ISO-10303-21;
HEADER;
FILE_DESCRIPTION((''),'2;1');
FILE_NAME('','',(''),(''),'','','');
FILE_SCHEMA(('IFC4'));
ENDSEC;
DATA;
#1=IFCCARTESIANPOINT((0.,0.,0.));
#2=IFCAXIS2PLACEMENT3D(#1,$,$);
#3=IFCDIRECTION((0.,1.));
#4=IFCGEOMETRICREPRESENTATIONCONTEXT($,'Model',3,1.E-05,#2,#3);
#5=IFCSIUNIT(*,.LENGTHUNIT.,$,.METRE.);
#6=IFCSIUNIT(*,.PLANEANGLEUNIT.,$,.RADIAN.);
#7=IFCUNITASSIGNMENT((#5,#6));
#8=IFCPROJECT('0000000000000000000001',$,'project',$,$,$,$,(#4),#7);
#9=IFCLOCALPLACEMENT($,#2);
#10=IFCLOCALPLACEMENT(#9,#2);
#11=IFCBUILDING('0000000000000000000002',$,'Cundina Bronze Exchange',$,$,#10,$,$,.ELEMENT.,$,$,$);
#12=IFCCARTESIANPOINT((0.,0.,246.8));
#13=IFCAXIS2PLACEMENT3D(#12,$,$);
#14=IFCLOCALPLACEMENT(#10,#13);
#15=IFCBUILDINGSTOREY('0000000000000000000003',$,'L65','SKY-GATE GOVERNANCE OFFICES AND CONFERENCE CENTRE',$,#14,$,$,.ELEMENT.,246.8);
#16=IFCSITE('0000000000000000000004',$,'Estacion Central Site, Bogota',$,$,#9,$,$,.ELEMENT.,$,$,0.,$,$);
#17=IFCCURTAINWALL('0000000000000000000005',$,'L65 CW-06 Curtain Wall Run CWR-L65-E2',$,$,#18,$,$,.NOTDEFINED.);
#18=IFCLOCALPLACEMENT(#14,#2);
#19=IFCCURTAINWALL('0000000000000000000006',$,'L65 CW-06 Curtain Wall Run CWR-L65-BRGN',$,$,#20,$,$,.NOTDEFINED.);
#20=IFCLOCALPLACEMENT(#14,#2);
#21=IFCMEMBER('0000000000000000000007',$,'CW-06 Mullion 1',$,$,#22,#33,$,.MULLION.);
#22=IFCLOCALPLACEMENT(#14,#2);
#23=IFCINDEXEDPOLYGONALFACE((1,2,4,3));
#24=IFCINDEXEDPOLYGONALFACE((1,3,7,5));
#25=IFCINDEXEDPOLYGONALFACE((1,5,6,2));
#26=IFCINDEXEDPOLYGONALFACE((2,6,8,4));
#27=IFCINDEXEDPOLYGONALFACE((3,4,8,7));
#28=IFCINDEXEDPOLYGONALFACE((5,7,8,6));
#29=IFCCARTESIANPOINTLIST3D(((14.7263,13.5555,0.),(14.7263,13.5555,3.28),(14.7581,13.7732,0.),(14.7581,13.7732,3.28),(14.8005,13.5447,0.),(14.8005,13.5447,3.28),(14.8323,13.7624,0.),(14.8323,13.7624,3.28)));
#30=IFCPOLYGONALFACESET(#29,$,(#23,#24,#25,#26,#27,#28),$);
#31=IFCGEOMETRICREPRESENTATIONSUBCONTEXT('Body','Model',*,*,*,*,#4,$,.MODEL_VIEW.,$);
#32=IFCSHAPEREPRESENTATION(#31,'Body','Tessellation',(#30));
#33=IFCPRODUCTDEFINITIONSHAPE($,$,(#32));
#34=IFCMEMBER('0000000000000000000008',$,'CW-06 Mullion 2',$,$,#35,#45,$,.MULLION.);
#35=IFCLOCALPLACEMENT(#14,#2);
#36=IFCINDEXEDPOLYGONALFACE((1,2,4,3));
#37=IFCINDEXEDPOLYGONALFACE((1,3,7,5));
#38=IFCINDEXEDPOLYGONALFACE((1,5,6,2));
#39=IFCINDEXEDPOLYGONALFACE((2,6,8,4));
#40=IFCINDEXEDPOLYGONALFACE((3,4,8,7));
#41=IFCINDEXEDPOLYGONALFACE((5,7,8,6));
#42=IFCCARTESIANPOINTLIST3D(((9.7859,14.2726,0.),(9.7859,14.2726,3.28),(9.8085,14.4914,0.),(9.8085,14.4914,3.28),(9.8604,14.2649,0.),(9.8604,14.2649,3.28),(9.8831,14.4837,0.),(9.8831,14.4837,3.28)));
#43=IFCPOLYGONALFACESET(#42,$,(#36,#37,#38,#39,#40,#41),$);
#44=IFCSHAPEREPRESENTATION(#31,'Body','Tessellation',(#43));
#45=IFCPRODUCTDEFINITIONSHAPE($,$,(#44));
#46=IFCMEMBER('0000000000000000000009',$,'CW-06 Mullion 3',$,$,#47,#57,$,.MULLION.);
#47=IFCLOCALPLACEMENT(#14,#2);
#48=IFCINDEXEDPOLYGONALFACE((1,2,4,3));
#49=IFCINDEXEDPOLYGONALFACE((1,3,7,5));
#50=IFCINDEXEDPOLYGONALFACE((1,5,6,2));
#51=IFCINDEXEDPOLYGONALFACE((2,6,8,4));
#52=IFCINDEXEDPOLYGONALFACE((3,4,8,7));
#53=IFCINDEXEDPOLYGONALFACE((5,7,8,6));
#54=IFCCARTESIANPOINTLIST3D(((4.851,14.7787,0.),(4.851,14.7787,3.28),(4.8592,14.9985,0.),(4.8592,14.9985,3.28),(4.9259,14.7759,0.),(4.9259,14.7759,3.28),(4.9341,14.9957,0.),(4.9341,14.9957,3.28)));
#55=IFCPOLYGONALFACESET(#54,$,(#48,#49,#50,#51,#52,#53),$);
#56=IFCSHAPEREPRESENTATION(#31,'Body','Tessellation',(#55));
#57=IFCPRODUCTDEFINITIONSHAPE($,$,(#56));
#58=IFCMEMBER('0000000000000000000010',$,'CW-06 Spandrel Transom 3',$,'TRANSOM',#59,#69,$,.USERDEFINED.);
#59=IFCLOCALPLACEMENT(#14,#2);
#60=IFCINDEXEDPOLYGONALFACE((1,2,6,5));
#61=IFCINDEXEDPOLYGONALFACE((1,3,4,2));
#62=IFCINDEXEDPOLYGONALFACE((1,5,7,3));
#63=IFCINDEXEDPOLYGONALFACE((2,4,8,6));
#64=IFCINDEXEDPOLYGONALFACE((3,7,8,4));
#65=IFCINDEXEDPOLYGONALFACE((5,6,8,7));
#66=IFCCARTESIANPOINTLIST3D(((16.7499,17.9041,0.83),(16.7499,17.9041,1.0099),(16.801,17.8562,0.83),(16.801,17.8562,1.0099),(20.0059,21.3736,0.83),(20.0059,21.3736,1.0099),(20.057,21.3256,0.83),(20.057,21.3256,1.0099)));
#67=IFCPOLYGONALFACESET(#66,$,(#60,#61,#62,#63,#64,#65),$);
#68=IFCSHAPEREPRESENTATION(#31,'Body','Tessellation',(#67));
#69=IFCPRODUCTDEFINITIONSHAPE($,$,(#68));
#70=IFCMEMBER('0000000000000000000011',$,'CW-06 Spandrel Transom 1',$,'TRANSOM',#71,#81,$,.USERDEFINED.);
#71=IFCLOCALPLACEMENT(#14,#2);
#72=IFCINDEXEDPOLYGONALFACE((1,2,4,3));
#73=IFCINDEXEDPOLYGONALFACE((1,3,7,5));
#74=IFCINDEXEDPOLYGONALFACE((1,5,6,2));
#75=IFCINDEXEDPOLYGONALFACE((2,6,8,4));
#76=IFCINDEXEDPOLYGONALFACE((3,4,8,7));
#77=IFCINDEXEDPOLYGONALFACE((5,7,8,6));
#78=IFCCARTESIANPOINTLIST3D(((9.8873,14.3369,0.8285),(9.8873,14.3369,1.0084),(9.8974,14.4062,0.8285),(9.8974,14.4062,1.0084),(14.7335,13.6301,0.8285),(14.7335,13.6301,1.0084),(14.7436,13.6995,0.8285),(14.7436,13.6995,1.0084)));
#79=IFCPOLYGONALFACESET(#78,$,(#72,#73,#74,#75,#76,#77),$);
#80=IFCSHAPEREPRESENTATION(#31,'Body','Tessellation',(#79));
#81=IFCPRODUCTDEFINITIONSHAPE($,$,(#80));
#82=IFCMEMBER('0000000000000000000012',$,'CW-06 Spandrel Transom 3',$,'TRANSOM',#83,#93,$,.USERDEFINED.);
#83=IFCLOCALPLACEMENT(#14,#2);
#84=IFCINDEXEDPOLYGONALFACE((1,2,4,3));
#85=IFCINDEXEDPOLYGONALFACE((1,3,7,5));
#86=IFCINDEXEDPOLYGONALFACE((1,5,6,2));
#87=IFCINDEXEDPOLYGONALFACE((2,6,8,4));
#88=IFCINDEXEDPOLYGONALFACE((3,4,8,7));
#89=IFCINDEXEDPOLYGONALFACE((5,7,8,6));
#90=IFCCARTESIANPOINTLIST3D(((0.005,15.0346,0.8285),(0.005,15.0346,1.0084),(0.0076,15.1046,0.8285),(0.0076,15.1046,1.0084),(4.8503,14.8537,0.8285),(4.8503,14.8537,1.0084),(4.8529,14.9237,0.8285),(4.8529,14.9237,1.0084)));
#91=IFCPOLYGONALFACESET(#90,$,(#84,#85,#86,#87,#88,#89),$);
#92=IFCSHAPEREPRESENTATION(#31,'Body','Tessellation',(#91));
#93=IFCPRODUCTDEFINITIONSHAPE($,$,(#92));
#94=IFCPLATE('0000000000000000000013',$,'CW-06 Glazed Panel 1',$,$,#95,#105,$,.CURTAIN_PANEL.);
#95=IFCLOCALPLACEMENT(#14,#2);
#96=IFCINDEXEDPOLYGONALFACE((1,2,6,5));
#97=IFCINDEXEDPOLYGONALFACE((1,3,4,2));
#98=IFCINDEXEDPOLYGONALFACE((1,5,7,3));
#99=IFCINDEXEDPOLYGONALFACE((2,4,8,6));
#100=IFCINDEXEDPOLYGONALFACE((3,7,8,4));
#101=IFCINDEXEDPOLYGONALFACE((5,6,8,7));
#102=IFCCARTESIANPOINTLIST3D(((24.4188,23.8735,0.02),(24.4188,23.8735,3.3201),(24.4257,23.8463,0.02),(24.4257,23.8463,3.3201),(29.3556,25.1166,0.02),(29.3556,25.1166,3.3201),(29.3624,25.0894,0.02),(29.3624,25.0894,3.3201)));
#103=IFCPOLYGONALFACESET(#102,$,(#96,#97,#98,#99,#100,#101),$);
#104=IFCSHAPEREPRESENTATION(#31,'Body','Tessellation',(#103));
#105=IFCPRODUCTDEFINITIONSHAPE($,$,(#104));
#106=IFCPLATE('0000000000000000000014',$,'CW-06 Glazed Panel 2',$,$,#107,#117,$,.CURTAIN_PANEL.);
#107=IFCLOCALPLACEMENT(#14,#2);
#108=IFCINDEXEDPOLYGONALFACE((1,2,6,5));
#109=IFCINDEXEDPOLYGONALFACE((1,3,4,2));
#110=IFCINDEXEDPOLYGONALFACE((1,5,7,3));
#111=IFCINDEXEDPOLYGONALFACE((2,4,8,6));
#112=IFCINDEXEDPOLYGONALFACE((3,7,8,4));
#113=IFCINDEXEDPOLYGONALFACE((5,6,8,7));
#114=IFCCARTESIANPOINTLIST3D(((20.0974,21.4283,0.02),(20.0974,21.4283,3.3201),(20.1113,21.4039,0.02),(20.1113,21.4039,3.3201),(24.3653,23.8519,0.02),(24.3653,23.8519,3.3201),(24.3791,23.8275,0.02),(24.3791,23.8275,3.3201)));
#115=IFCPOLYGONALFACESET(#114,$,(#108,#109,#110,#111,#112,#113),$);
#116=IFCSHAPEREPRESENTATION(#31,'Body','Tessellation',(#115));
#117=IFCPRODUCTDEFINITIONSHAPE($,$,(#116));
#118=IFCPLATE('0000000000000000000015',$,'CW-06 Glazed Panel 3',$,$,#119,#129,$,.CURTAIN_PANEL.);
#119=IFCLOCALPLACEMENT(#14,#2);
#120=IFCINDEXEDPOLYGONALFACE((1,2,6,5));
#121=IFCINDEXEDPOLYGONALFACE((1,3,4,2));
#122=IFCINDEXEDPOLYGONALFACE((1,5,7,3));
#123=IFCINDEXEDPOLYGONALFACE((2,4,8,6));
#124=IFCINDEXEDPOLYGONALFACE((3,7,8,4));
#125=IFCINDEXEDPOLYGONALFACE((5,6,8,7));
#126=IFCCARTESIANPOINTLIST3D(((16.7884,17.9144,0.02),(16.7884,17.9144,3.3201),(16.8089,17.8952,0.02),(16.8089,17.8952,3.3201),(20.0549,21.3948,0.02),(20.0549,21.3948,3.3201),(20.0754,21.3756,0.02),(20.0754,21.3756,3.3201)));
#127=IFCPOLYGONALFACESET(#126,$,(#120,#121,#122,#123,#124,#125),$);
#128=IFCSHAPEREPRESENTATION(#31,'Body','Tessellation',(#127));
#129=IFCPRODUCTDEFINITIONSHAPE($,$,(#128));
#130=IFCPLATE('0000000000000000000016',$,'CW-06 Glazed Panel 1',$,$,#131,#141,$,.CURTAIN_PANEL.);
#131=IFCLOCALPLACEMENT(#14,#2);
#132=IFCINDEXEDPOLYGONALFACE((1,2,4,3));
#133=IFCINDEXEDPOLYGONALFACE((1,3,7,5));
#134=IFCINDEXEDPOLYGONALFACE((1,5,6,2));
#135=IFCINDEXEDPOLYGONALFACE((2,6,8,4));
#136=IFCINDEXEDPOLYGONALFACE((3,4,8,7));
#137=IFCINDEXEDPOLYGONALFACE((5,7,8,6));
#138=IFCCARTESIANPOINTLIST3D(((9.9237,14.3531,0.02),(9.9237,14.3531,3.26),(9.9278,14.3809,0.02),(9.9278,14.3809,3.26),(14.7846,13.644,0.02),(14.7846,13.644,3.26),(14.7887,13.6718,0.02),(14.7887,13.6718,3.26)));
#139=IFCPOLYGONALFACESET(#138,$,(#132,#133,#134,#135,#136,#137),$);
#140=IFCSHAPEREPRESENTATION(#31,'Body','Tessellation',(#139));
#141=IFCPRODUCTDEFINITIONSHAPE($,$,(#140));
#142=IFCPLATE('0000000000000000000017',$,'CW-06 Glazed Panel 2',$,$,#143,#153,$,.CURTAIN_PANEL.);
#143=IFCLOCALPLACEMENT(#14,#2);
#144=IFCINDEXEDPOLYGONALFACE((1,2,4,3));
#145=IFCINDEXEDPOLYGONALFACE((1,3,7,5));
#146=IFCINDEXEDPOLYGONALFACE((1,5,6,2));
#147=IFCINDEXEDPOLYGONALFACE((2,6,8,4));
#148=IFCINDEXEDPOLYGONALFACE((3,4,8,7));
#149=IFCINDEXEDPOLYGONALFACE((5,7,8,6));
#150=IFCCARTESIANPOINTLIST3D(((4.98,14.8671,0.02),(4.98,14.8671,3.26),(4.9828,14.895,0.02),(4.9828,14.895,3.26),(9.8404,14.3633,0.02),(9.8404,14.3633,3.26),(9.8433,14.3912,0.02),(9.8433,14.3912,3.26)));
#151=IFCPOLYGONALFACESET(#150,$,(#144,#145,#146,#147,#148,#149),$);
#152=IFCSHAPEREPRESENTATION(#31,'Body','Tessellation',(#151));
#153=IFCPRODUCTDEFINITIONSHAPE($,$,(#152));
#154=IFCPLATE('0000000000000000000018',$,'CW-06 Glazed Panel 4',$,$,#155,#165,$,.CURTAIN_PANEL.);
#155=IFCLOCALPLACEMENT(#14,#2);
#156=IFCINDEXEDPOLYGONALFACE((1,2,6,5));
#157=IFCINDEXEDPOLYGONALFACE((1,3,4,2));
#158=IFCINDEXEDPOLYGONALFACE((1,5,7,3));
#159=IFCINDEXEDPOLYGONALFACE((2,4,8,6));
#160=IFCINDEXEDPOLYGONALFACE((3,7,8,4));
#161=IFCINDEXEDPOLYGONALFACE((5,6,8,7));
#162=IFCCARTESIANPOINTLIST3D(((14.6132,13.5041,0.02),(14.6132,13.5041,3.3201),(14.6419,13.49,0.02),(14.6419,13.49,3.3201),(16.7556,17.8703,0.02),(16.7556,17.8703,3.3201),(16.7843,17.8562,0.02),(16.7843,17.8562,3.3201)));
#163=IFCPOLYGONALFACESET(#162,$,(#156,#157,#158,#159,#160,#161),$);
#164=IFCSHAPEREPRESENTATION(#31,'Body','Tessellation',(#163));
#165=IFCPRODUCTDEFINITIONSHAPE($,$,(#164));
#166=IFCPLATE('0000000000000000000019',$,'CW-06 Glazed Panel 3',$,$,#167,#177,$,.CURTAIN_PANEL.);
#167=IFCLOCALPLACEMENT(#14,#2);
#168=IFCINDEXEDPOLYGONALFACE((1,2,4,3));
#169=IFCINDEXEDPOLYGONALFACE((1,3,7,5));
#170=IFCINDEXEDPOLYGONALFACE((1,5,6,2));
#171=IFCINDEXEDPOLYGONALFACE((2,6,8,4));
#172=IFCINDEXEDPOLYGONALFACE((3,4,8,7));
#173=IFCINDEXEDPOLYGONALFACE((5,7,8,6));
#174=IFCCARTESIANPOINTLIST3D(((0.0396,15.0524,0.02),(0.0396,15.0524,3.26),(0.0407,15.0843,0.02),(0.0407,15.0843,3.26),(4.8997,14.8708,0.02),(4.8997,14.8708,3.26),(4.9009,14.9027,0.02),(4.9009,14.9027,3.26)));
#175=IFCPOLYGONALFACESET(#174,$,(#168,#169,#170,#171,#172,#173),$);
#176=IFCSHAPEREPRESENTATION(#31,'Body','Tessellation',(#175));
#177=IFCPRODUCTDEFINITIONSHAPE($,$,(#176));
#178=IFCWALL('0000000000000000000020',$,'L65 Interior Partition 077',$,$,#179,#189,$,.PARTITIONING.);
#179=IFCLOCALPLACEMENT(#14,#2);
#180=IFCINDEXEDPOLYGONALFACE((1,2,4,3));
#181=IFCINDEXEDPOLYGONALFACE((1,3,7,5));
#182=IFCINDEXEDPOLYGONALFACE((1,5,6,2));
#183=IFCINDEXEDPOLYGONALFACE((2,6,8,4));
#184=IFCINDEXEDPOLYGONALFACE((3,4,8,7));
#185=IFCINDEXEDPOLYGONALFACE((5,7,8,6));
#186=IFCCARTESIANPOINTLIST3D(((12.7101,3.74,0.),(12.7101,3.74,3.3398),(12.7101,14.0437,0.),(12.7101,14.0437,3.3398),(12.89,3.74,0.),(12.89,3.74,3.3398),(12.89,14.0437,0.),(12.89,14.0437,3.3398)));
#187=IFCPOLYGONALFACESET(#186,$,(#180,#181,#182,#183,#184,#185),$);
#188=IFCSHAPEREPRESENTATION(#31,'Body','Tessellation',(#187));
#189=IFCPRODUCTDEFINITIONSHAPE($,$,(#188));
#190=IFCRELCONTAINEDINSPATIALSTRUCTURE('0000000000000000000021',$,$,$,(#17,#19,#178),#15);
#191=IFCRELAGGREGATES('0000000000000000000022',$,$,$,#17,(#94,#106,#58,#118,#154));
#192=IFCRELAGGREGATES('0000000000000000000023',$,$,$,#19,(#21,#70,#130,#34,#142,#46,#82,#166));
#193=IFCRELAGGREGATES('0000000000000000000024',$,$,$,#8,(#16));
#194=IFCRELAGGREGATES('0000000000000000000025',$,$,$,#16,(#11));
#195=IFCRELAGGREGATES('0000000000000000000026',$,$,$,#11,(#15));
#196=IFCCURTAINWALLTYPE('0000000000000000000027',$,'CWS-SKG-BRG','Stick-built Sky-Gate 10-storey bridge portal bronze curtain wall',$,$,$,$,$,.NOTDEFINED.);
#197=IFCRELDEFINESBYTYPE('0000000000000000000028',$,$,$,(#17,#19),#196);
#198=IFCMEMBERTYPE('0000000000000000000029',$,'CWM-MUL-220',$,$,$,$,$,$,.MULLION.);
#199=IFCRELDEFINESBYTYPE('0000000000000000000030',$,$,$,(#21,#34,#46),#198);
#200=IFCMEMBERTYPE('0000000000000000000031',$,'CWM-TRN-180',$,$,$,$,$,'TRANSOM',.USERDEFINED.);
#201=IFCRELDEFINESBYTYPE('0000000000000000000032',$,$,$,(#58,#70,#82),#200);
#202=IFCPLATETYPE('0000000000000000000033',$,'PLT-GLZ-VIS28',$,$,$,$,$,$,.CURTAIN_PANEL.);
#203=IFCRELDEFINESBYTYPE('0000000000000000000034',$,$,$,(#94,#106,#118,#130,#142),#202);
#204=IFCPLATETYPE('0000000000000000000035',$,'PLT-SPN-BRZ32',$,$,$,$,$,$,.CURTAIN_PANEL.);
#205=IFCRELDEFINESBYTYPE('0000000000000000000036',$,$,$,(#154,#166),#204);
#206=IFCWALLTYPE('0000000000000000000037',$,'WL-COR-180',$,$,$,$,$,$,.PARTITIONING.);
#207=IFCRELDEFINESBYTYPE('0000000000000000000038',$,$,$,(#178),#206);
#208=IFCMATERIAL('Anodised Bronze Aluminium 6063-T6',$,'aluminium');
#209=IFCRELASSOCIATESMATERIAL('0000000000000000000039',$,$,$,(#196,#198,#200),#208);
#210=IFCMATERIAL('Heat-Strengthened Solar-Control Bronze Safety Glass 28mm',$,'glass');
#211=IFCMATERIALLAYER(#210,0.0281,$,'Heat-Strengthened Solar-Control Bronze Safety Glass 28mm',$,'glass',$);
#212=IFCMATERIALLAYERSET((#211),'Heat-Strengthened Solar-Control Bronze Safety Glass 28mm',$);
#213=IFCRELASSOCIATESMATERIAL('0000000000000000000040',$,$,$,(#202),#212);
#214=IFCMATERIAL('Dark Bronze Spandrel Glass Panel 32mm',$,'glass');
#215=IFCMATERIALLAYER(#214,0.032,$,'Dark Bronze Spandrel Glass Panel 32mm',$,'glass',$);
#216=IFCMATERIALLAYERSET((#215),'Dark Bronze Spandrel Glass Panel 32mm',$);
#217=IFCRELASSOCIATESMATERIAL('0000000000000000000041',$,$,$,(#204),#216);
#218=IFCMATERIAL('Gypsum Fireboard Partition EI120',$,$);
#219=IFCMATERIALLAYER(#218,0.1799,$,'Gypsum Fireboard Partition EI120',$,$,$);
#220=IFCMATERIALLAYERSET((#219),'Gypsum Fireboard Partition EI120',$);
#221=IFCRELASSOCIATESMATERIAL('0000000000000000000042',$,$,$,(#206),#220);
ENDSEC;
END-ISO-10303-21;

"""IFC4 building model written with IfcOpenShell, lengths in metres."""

from ifc_helpers import new_model, si_unit, direction, frame, frame_2d, origin, origin_2d, place, context, subcontext, project, spatial, rectangle, extrude, material, layer, layer_set, material_profile, profile_set, type_object, element, aggregate, save


model = new_model("IFC4")

# Units and contexts
model_context = context("Model", 3, precision=1e-05, world=origin(), true_north=direction((0.0, 1.0)))
body_context = subcontext(model_context, "Body", "Model", "MODEL_VIEW")
ifc_project = project(units=[si_unit("LENGTHUNIT", "METRE"), si_unit("PLANEANGLEUNIT", "RADIAN")], contexts=[model_context])

# Site, building, storey
site_placement = place(None, origin())
site = spatial("IfcSite", under=ifc_project, at=site_placement, Name="Estacion Central Site, Bogota", CompositionType="ELEMENT", RefElevation=0.0)
building_placement = place(site_placement, origin())
building = spatial("IfcBuilding", under=site, at=building_placement, Name="Cundina Bronze Exchange", CompositionType="ELEMENT")
storey_placement = place(building_placement, frame((0.0, 0.0, 246.8)))
storey = spatial("IfcBuildingStorey", under=building, at=storey_placement, Name="L65", Description="SKY-GATE GOVERNANCE OFFICES AND CONFERENCE CENTRE", CompositionType="ELEMENT", Elevation=246.8)

# Curtain walls, members
ifc_material_1 = material(Name="Anodised Bronze Aluminium 6063-T6", Category="aluminium")
curtain_wall_type = type_object("IfcCurtainWallType", Name="CWS-SKG-BRG", Description="Stick-built Sky-Gate 10-storey bridge portal bronze curtain wall", PredefinedType="NOTDEFINED", material=ifc_material_1)
curtain_wall_1_placement = place(storey_placement, origin())
curtain_wall_1 = element("IfcCurtainWall", 1, at=curtain_wall_1_placement, inside=storey, type_object=curtain_wall_type, Name="L65 CW-06 Curtain Wall Run CWR-L65-E2", PredefinedType="NOTDEFINED")
ifc_material_profile_1 = material_profile(ifc_material_1, rectangle(XDim=0.075, YDim=0.22, at=origin_2d()), Name="AL75X220", Category="aluminium")
ifc_profile_set_1 = profile_set([ifc_material_profile_1], Name="Anodised Bronze Aluminium 6063-T6")
member_type_1 = type_object("IfcMemberType", Name="CWM-MUL-220", PredefinedType="MULLION", material=ifc_profile_set_1)
curtain_wall_2_placement = place(storey_placement, origin())
curtain_wall_2 = element("IfcCurtainWall", 2, at=curtain_wall_2_placement, inside=storey, type_object=curtain_wall_type, Name="L65 CW-06 Curtain Wall Run CWR-L65-BRGN", PredefinedType="NOTDEFINED")
member_1_placement = place(storey_placement, frame((14.7793, 13.6589, 0.0), z_axis=(0.0, 0.0, 1.0), x_axis=(-0.989526, 0.144356, 0.0)))
member_1 = element("IfcMember", 3, at=member_1_placement, type_object=member_type_1, Name="CW-06 Mullion 1", PredefinedType="MULLION", context=body_context, shape_type="SweptSolid", body=[
    extrude(rectangle(XDim=0.075, YDim=0.22, at=origin_2d()), origin(), (0.0, 0.0, 1.0), 3.28),
])
member_2_placement = place(storey_placement, frame((9.8345, 14.3782, 0.0), z_axis=(0.0, 0.0, 1.0), x_axis=(-0.994667, 0.10314, 0.0)))
member_2 = element("IfcMember", 4, at=member_2_placement, type_object=member_type_1, Name="CW-06 Mullion 2", PredefinedType="MULLION", context=body_context, shape_type="SweptSolid", body=[
    extrude(rectangle(XDim=0.075, YDim=0.22, at=origin_2d()), origin(), (0.0, 0.0, 1.0), 3.28),
])
member_3_placement = place(storey_placement, frame((4.8926, 14.8872, 0.0), z_axis=(0.0, 0.0, 1.0), x_axis=(-0.999303, 0.037341, 0.0)))
member_3 = element("IfcMember", 5, at=member_3_placement, type_object=member_type_1, Name="CW-06 Mullion 3", PredefinedType="MULLION", context=body_context, shape_type="SweptSolid", body=[
    extrude(rectangle(XDim=0.075, YDim=0.22, at=origin_2d()), origin(), (0.0, 0.0, 1.0), 3.28),
])

# Members
ifc_material_profile_2 = material_profile(ifc_material_1, rectangle(XDim=0.0701, YDim=0.1799, at=origin_2d()), Name="AL70X180", Category="aluminium")
ifc_profile_set_2 = profile_set([ifc_material_profile_2], Name="Anodised Bronze Aluminium 6063-T6")
member_type_2 = type_object("IfcMemberType", Name="CWM-TRN-180", ElementType="TRANSOM", PredefinedType="USERDEFINED", material=ifc_profile_set_2)
member_4_placement = place(storey_placement, frame((20.0315, 21.3496, 0.9199), z_axis=(-0.684328, -0.729174, 0.0), x_axis=(0.729174, -0.684328, 0.0)))
member_4 = element("IfcMember", 6, at=member_4_placement, type_object=member_type_2, Name="CW-06 Spandrel Transom 3", ObjectType="TRANSOM", PredefinedType="USERDEFINED", context=body_context, shape_type="SweptSolid", body=[
    extrude(rectangle(XDim=0.0701, YDim=0.1799, at=origin_2d()), origin(), (0.0, 0.0, 1.0), 4.7581),
])
member_5_placement = place(storey_placement, frame((14.7385, 13.6648, 0.9185), z_axis=(-0.989531, 0.144317, 0.0), x_axis=(-0.144317, -0.989531, 0.0)))
member_5 = element("IfcMember", 7, at=member_5_placement, type_object=member_type_2, Name="CW-06 Spandrel Transom 1", ObjectType="TRANSOM", PredefinedType="USERDEFINED", context=body_context, shape_type="SweptSolid", body=[
    extrude(rectangle(XDim=0.0701, YDim=0.1799, at=origin_2d()), origin(), (0.0, 0.0, 1.0), 4.8975),
])
member_6_placement = place(storey_placement, frame((4.8516, 14.8887, 0.9185), z_axis=(-0.999304, 0.037312, 0.0), x_axis=(-0.037312, -0.999304, 0.0)))
member_6 = element("IfcMember", 8, at=member_6_placement, type_object=member_type_2, Name="CW-06 Spandrel Transom 3", ObjectType="TRANSOM", PredefinedType="USERDEFINED", context=body_context, shape_type="SweptSolid", body=[
    extrude(rectangle(XDim=0.0701, YDim=0.1799, at=origin_2d()), origin(), (0.0, 0.0, 1.0), 4.8486),
])

# Plates
ifc_material_2 = material(Name="Heat-Strengthened Solar-Control Bronze Safety Glass 28mm", Category="glass")
ifc_layer_1 = layer(ifc_material_2, 0.0281, Name="Heat-Strengthened Solar-Control Bronze Safety Glass 28mm", Category="glass")
ifc_layer_set_1 = layer_set([ifc_layer_1], Name="Heat-Strengthened Solar-Control Bronze Safety Glass 28mm")
plate_type_1 = type_object("IfcPlateType", Name="PLT-GLZ-VIS28", PredefinedType="CURTAIN_PANEL", material=ifc_layer_set_1)
plate_1_placement = place(storey_placement, frame((26.8906, 24.4814, 0.02), z_axis=(0.0, 0.0, 1.0), x_axis=(-0.969732, -0.244174, 0.0)))
plate_1 = element("IfcPlate", 9, at=plate_1_placement, type_object=plate_type_1, Name="CW-06 Glazed Panel 1", PredefinedType="CURTAIN_PANEL", context=body_context, shape_type="SweptSolid", body=[
    extrude(rectangle(XDim=5.0908, YDim=0.0281, at=origin_2d()), origin(), (0.0, 0.0, 1.0), 3.3),
])
plate_2_placement = place(storey_placement, frame((22.2383, 22.6279, 0.02), z_axis=(0.0, 0.0, 1.0), x_axis=(-0.869573, -0.493805, 0.0)))
plate_2 = element("IfcPlate", 10, at=plate_2_placement, type_object=plate_type_1, Name="CW-06 Glazed Panel 2", PredefinedType="CURTAIN_PANEL", context=body_context, shape_type="SweptSolid", body=[
    extrude(rectangle(XDim=4.908, YDim=0.0281, at=origin_2d()), origin(), (0.0, 0.0, 1.0), 3.3),
])
plate_3_placement = place(storey_placement, frame((18.4319, 19.645, 0.02), z_axis=(0.0, 0.0, 1.0), x_axis=(-0.684344, -0.72916, 0.0)))
plate_3 = element("IfcPlate", 11, at=plate_3_placement, type_object=plate_type_1, Name="CW-06 Glazed Panel 3", PredefinedType="CURTAIN_PANEL", context=body_context, shape_type="SweptSolid", body=[
    extrude(rectangle(XDim=4.7732, YDim=0.0281, at=origin_2d()), origin(), (0.0, 0.0, 1.0), 3.3),
])
plate_4_placement = place(storey_placement, frame((12.3562, 14.0125, 0.02), z_axis=(0.0, 0.0, 1.0), x_axis=(-0.989528, 0.144339, 0.0)))
plate_4 = element("IfcPlate", 12, at=plate_4_placement, type_object=plate_type_1, Name="CW-06 Glazed Panel 1", PredefinedType="CURTAIN_PANEL", context=body_context, shape_type="SweptSolid", body=[
    extrude(rectangle(XDim=4.9124, YDim=0.0281, at=origin_2d()), origin(), (0.0, 0.0, 1.0), 3.24),
])
plate_5_placement = place(storey_placement, frame((7.4116, 14.6292, 0.02), z_axis=(0.0, 0.0, 1.0), x_axis=(-0.994672, 0.103088, 0.0)))
plate_5 = element("IfcPlate", 13, at=plate_5_placement, type_object=plate_type_1, Name="CW-06 Glazed Panel 2", PredefinedType="CURTAIN_PANEL", context=body_context, shape_type="SweptSolid", body=[
    extrude(rectangle(XDim=4.8865, YDim=0.0281, at=origin_2d()), origin(), (0.0, 0.0, 1.0), 3.24),
])
ifc_material_3 = material(Name="Dark Bronze Spandrel Glass Panel 32mm", Category="glass")
ifc_layer_2 = layer(ifc_material_3, 0.032, Name="Dark Bronze Spandrel Glass Panel 32mm", Category="glass")
ifc_layer_set_2 = layer_set([ifc_layer_2], Name="Dark Bronze Spandrel Glass Panel 32mm")
plate_type_2 = type_object("IfcPlateType", Name="PLT-SPN-BRZ32", PredefinedType="CURTAIN_PANEL", material=ifc_layer_set_2)
plate_6_placement = place(storey_placement, frame((15.6987, 15.6802, 0.02), z_axis=(0.0, 0.0, 1.0), x_axis=(-0.440503, -0.897751, 0.0)))
plate_6 = element("IfcPlate", 14, at=plate_6_placement, type_object=plate_type_2, Name="CW-06 Glazed Panel 4", PredefinedType="CURTAIN_PANEL", context=body_context, shape_type="SweptSolid", body=[
    extrude(rectangle(XDim=4.8635, YDim=0.032, at=origin_2d()), origin(), (0.0, 0.0, 1.0), 3.3),
])
aggregate(curtain_wall_1, [plate_1, plate_2, member_4, plate_3, plate_6])
plate_7_placement = place(storey_placement, frame((2.4702, 14.9775, 0.02), z_axis=(0.0, 0.0, 1.0), x_axis=(-0.999303, 0.037341, 0.0)))
plate_7 = element("IfcPlate", 15, at=plate_7_placement, type_object=plate_type_2, Name="CW-06 Glazed Panel 3", PredefinedType="CURTAIN_PANEL", context=body_context, shape_type="SweptSolid", body=[
    extrude(rectangle(XDim=4.8635, YDim=0.032, at=origin_2d()), origin(), (0.0, 0.0, 1.0), 3.24),
])
aggregate(curtain_wall_2, [member_1, member_5, plate_4, member_2, plate_5, member_3, member_6, plate_7])

# Wall
ifc_material_4 = material(Name="Gypsum Fireboard Partition EI120")
ifc_layer_3 = layer(ifc_material_4, 0.1799, Name="Gypsum Fireboard Partition EI120")
ifc_layer_set_3 = layer_set([ifc_layer_3], Name="Gypsum Fireboard Partition EI120")
wall_type_1 = type_object("IfcWallType", Name="WL-COR-180", PredefinedType="PARTITIONING", material=ifc_layer_set_3)
wall_1_placement = place(storey_placement, frame((12.8, 3.74, 0.0), z_axis=(0.0, 0.0, 1.0), x_axis=(0.0, 1.0, 0.0)))
element("IfcWall", 16, at=wall_1_placement, inside=storey, type_object=wall_type_1, Name="L65 Interior Partition 077", PredefinedType="PARTITIONING", context=body_context, shape_type="SweptSolid", body=[
    extrude(rectangle(XDim=10.3037, YDim=0.1799, at=frame_2d((5.1519, 0.0))), origin(), (0.0, 0.0, 1.0), 3.3398),
])

save(model, "model.ifc")
